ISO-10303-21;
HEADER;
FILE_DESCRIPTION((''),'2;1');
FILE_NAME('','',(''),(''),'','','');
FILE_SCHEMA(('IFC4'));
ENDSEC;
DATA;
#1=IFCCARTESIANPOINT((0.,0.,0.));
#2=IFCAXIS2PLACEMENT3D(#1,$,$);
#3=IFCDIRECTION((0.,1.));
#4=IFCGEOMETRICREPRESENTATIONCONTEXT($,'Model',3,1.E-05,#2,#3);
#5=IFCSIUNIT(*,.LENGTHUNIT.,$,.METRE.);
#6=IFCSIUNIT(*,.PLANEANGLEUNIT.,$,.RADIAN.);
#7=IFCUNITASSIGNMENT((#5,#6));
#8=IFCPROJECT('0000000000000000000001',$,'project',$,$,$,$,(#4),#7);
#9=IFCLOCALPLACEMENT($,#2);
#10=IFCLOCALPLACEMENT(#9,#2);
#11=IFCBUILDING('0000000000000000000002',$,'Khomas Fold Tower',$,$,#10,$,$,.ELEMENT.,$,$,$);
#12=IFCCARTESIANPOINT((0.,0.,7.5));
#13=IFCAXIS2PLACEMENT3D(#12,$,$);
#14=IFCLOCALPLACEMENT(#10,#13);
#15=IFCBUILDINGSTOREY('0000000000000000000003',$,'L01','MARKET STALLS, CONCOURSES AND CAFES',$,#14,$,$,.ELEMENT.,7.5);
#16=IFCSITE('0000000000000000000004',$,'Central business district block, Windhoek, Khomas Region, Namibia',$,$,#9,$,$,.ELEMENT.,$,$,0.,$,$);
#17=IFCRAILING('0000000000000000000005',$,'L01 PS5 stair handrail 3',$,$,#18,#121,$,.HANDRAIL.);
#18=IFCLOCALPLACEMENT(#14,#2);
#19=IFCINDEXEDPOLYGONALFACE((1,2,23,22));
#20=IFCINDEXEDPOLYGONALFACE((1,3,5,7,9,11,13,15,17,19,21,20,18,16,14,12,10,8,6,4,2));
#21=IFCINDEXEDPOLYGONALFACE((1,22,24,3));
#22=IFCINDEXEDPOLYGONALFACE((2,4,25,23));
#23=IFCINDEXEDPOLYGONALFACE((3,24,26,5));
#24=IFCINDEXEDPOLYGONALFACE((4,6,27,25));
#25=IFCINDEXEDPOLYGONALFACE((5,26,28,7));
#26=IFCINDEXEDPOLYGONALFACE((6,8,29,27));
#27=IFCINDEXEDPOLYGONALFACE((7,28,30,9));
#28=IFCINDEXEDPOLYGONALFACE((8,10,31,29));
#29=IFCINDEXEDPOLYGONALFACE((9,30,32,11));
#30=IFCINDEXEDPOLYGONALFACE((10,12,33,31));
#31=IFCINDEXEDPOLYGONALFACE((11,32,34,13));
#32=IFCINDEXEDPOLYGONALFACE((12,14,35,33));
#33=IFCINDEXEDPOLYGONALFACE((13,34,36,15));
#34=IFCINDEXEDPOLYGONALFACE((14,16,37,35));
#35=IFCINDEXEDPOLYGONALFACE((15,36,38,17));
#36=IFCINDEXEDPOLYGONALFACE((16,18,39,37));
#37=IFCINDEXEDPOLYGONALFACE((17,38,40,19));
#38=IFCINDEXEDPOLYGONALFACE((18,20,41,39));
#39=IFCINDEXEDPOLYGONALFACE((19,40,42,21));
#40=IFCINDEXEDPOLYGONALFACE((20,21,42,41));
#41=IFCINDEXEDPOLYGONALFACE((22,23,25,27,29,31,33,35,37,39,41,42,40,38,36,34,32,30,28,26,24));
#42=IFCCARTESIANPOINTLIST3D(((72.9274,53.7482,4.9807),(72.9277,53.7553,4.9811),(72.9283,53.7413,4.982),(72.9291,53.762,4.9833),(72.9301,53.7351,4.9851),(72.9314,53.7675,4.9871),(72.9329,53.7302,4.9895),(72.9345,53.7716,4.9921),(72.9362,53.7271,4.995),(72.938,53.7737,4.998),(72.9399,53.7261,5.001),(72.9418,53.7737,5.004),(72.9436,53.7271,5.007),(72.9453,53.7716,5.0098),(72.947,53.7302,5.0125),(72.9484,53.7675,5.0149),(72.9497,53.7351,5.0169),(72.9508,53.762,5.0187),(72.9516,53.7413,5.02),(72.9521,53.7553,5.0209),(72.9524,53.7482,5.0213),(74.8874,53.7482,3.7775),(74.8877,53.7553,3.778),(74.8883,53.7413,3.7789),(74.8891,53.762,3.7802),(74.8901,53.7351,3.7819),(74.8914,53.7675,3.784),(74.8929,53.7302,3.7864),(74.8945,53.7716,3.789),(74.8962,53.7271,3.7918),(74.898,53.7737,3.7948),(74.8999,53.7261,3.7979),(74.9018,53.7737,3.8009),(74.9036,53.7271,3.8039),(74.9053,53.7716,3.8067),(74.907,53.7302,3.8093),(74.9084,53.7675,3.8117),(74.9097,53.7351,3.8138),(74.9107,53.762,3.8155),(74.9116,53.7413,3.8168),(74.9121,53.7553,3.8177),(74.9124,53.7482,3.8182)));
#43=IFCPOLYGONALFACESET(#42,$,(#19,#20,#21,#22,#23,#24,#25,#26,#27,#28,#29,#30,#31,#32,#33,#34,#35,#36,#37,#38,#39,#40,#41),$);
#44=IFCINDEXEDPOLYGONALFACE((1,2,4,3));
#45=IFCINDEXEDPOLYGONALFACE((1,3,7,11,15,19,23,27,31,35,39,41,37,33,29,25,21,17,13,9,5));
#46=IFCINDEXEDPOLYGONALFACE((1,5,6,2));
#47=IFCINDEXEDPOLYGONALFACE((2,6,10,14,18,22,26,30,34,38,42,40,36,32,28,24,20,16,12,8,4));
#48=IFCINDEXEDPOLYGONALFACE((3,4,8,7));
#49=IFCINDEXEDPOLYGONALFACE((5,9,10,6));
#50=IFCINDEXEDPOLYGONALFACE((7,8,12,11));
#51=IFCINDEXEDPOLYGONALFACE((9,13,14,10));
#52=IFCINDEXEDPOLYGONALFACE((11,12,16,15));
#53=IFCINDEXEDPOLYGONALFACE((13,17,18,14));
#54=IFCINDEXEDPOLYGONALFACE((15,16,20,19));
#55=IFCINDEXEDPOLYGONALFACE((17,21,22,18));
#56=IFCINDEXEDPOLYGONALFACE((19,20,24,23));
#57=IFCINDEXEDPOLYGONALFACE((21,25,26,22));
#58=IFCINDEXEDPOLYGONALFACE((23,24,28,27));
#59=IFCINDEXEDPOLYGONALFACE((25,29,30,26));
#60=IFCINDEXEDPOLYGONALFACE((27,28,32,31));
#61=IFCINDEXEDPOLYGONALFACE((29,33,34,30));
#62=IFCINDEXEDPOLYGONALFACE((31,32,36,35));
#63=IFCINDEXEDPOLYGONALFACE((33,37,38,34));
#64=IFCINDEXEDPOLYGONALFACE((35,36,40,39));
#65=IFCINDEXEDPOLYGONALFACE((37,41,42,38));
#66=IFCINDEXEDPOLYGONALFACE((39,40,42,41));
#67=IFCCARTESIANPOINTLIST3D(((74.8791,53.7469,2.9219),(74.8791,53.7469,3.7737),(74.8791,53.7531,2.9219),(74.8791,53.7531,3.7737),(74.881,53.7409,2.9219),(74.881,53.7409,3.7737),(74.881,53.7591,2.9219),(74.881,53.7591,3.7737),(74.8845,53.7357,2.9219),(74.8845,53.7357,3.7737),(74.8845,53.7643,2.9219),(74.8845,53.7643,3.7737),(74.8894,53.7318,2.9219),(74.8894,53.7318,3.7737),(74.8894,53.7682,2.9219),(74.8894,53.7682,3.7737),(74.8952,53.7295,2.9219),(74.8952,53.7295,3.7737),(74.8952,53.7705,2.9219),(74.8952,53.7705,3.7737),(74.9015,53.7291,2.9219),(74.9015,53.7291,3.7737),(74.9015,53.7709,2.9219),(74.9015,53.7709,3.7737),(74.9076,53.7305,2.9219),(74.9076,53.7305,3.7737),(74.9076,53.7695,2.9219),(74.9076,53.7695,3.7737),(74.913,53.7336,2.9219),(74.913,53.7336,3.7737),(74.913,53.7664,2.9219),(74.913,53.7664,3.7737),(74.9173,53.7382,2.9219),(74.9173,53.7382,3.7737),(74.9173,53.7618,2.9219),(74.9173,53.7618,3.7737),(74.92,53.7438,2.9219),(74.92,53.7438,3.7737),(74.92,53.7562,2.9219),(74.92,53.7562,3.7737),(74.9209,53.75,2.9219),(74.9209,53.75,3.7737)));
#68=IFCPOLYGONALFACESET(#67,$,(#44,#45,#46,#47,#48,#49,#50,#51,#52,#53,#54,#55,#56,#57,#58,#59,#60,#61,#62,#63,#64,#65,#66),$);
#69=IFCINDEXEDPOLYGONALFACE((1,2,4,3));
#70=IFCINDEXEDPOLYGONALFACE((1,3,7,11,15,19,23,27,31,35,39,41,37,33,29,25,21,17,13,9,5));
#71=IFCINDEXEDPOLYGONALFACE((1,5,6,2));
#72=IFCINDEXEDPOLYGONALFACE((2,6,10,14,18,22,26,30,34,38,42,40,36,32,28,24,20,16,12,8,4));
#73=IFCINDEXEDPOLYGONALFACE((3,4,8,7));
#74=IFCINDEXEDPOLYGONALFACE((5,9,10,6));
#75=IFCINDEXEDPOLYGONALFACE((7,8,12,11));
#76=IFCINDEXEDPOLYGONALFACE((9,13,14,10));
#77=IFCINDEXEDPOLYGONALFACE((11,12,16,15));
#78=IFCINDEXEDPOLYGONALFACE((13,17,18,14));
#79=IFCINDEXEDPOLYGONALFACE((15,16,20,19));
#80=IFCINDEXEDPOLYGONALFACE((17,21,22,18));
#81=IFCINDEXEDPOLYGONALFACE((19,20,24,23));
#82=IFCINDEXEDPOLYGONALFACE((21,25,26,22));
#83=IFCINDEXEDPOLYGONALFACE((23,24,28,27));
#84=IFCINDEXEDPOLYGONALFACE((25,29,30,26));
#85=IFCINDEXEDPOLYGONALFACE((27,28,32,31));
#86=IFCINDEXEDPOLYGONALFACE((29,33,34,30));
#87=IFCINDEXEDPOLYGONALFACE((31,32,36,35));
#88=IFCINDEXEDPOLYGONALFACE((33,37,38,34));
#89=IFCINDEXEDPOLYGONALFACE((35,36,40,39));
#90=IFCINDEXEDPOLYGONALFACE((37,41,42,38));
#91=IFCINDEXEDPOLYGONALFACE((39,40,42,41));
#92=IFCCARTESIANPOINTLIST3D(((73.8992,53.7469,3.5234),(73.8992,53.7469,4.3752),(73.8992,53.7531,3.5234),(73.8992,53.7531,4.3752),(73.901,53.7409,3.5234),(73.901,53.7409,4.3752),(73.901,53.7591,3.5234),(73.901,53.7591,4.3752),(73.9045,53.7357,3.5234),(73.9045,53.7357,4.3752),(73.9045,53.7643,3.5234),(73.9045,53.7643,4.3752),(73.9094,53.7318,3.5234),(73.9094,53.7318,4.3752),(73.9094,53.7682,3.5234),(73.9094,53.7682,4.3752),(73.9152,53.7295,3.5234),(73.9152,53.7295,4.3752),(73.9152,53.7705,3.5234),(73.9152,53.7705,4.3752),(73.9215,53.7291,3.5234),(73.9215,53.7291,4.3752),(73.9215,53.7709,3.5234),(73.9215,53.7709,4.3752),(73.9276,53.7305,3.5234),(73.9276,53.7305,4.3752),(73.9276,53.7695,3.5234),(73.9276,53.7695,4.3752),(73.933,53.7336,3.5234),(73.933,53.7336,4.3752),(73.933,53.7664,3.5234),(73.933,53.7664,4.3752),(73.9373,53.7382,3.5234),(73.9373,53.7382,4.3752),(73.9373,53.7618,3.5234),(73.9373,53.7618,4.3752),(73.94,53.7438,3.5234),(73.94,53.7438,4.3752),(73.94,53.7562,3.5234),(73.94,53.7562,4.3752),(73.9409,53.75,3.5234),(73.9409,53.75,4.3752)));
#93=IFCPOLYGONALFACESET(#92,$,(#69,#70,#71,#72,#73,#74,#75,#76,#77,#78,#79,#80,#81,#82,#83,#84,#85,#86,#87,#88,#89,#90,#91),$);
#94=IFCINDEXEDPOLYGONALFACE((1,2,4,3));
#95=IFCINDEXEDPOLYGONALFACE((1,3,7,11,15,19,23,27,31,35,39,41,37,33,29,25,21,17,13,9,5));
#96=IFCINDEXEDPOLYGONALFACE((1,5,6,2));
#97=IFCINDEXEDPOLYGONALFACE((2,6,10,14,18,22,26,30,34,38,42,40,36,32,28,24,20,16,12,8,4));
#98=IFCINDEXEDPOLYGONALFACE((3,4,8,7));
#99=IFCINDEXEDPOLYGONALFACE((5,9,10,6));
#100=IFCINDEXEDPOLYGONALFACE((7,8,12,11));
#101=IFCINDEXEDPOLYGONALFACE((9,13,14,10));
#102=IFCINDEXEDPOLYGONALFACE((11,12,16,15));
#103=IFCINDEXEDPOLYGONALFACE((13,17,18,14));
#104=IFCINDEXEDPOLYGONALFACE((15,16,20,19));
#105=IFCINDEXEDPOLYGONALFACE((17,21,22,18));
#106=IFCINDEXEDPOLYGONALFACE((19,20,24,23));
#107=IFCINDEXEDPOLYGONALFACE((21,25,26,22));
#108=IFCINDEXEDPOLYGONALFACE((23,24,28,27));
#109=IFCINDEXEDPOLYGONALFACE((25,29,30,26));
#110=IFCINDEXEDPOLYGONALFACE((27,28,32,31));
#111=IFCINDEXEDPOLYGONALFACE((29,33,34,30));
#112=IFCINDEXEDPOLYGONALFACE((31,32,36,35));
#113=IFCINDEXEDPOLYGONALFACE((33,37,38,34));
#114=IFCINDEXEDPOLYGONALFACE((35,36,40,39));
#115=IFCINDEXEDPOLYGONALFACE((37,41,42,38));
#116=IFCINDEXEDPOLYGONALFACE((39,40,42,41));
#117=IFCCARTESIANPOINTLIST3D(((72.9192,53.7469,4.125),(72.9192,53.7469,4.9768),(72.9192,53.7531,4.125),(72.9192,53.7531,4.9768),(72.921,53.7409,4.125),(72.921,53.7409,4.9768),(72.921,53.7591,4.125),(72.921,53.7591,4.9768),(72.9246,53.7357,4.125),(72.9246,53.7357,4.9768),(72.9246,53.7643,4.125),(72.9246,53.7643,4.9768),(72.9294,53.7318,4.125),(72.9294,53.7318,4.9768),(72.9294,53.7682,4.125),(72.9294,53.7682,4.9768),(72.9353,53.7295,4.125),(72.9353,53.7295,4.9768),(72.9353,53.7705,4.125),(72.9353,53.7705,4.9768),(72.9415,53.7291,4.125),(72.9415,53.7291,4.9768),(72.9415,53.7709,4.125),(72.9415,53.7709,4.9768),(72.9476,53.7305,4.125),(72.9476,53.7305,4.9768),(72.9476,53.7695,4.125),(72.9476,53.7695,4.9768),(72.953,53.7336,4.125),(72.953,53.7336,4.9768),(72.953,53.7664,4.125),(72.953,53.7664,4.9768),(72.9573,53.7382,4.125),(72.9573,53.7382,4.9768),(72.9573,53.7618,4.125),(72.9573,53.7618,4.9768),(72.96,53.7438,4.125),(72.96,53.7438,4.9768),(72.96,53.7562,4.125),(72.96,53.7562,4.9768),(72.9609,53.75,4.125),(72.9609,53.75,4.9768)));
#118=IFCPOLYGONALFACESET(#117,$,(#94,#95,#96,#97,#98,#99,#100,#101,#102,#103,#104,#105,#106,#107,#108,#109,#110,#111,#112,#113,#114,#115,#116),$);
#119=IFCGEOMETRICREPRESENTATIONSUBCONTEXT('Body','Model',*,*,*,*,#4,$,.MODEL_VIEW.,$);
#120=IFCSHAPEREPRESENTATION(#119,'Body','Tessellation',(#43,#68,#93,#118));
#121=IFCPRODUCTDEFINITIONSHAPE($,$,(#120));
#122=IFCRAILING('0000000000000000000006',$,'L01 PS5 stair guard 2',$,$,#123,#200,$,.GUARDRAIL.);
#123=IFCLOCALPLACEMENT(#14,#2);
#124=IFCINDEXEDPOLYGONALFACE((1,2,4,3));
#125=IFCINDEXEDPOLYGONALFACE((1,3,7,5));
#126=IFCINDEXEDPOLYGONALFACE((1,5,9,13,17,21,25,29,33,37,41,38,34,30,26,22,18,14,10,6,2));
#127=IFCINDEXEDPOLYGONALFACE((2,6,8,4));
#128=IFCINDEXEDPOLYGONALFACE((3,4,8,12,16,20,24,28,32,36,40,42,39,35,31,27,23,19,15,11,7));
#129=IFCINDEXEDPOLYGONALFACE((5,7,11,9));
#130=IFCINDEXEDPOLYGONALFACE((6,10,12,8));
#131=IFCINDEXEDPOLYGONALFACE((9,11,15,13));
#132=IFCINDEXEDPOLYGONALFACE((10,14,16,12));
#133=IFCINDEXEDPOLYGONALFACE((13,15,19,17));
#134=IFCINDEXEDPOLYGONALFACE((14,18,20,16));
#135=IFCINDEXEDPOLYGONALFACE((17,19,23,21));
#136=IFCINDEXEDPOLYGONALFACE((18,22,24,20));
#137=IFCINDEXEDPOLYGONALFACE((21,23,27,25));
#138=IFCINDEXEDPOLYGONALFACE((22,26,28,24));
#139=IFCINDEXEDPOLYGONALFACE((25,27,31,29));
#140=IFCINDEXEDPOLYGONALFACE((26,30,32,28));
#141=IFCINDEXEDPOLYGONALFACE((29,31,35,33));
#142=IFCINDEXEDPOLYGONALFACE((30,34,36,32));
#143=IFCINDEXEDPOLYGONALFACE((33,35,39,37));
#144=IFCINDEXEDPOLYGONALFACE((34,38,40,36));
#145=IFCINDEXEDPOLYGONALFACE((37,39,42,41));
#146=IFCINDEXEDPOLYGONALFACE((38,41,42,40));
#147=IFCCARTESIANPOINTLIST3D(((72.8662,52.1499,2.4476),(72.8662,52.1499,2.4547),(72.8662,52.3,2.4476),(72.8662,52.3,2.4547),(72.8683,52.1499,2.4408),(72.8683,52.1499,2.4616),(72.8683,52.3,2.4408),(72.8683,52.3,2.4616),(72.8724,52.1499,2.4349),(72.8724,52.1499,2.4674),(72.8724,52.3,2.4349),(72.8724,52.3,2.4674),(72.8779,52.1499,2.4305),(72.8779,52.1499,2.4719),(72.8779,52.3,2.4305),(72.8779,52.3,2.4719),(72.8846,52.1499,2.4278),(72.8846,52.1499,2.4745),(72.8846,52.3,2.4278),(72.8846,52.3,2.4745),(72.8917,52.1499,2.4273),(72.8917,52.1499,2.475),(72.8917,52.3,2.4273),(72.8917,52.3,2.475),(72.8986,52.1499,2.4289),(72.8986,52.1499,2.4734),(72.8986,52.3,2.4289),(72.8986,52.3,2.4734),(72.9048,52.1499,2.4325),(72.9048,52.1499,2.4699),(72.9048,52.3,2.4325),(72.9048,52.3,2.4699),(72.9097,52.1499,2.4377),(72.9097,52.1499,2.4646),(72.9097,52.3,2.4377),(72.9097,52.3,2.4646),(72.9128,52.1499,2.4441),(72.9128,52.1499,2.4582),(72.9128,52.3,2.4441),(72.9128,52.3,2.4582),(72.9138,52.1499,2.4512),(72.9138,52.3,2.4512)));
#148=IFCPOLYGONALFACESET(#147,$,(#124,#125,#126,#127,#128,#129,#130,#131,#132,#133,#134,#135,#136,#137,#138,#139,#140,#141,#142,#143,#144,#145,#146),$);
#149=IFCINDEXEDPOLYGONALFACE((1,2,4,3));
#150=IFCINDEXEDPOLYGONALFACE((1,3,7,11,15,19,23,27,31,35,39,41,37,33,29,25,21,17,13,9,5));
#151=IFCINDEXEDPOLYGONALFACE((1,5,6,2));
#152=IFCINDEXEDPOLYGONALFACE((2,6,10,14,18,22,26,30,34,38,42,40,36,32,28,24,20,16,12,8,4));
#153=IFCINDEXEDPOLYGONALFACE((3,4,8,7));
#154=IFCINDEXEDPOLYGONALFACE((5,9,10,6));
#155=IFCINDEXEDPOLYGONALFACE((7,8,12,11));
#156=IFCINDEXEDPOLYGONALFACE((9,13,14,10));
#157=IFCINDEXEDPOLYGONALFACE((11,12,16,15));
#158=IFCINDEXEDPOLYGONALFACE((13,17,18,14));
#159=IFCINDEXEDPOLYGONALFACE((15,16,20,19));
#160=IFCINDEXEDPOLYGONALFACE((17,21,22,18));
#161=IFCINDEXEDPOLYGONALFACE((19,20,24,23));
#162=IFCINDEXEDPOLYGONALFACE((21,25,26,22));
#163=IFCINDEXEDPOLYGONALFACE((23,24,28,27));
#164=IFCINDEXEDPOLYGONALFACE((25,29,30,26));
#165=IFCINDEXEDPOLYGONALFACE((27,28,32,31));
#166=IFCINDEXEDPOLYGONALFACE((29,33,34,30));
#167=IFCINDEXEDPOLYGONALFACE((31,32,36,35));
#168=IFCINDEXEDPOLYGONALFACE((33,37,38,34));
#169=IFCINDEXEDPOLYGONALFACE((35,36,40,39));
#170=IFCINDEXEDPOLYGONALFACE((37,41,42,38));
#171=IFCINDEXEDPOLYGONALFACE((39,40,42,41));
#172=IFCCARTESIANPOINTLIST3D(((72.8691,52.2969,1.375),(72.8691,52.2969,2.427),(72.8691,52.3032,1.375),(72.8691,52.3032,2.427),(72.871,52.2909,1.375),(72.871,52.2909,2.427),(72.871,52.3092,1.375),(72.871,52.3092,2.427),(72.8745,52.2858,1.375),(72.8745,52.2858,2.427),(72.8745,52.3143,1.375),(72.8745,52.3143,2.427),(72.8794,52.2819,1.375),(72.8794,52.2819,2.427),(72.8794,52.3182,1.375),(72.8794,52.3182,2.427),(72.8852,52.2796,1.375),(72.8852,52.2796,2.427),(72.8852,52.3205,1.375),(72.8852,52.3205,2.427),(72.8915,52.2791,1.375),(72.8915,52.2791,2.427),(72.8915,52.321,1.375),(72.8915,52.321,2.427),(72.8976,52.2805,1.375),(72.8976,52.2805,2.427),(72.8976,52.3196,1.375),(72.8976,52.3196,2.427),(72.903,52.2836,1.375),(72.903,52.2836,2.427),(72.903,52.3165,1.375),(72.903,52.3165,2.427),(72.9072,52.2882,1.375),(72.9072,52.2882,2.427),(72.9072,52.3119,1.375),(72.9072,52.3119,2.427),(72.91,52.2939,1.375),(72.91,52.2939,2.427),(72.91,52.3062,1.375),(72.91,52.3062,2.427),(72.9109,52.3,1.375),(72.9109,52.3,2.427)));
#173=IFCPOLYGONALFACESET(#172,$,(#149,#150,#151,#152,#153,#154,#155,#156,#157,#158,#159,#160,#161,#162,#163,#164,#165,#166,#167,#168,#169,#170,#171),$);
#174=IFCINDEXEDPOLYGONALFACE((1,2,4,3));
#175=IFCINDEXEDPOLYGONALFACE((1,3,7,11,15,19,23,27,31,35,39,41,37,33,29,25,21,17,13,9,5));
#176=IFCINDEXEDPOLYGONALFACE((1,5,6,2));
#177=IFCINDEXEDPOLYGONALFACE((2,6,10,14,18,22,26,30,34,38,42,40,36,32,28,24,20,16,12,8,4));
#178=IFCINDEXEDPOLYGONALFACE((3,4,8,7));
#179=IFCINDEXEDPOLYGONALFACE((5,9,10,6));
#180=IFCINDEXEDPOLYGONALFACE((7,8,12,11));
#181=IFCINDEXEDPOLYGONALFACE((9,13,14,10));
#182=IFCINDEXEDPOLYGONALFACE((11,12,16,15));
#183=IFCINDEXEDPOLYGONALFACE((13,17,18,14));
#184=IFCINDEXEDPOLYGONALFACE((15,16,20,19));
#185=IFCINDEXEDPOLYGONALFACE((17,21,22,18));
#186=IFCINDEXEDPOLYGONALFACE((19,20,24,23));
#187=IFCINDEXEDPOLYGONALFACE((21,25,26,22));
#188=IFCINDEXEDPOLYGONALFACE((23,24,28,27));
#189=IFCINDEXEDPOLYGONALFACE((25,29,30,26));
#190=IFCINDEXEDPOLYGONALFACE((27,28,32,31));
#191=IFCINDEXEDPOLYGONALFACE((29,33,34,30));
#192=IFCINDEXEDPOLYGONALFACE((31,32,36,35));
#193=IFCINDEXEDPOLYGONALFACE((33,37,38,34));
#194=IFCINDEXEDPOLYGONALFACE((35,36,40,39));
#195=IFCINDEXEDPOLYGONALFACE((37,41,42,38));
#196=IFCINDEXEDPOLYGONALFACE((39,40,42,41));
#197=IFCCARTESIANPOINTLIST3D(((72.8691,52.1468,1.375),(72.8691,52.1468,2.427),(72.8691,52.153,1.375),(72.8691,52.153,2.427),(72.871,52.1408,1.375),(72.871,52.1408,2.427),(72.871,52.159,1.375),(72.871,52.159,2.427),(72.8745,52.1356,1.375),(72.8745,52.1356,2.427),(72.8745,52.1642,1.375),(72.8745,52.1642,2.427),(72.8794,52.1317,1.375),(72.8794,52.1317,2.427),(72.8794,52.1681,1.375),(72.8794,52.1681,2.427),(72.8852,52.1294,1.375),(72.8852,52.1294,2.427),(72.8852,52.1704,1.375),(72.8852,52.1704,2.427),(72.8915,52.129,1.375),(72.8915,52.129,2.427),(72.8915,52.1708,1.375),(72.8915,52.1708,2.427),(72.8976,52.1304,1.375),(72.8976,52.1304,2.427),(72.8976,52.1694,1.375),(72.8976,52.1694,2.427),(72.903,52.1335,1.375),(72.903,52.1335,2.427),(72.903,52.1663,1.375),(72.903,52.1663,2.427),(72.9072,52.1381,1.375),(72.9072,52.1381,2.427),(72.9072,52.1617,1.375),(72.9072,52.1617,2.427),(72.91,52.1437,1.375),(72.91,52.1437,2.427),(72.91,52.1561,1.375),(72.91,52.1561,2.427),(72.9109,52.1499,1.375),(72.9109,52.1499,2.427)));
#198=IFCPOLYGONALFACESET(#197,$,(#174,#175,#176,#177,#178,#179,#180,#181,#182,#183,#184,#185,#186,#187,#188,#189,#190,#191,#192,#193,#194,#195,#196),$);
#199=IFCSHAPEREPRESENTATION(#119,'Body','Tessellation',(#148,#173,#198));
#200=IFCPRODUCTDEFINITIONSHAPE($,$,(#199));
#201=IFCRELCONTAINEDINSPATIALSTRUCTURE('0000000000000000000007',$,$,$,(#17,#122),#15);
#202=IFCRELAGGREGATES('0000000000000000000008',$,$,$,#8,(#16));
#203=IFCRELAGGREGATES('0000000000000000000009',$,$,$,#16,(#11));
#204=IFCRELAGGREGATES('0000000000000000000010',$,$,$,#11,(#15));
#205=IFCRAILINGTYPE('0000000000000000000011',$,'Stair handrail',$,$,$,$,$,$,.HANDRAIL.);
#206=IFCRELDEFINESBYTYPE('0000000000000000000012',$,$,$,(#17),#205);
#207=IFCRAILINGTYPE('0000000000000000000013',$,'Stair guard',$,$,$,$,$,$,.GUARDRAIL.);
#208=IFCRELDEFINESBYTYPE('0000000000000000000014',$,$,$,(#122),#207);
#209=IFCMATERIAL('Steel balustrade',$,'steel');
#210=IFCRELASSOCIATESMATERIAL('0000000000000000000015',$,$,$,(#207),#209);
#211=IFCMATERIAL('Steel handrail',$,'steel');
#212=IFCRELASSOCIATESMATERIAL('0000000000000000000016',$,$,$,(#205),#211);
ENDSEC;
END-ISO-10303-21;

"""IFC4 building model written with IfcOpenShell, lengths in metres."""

from ifc_helpers import new_model, si_unit, direction, frame, origin, origin_2d, place, context, subcontext, project, spatial, circle, extrude, source, transform, mapped, material, type_object, element, save


model = new_model("IFC4")

# Units and contexts
model_context = context("Model", 3, precision=1e-05, world=origin(), true_north=direction((0.0, 1.0)))
body_context = subcontext(model_context, "Body", "Model", "MODEL_VIEW")
ifc_project = project(units=[si_unit("LENGTHUNIT", "METRE"), si_unit("PLANEANGLEUNIT", "RADIAN")], contexts=[model_context])

# Site, building, storey
site_placement = place(None, origin())
site = spatial("IfcSite", under=ifc_project, at=site_placement, Name="Central business district block, Windhoek, Khomas Region, Namibia", CompositionType="ELEMENT", RefElevation=0.0)
building_placement = place(site_placement, origin())
building = spatial("IfcBuilding", under=site, at=building_placement, Name="Khomas Fold Tower", CompositionType="ELEMENT")
storey_placement = place(building_placement, frame((0.0, 0.0, 7.5)))
storey = spatial("IfcBuildingStorey", under=building, at=storey_placement, Name="L01", Description="MARKET STALLS, CONCOURSES AND CAFES", CompositionType="ELEMENT", Elevation=7.5)

# Railings
ifc_material_1 = material(Name="Steel balustrade", Category="steel")
railing_type_1 = type_object("IfcRailingType", Name="Stair guard", PredefinedType="GUARDRAIL", material=ifc_material_1)
ifc_material_2 = material(Name="Steel handrail", Category="steel")
railing_type_2 = type_object("IfcRailingType", Name="Stair handrail", PredefinedType="HANDRAIL", material=ifc_material_2)
shared_shape_1 = source(origin(), body_context, "Body", "SweptSolid", [
    extrude(circle(Radius=0.0239, at=origin_2d()), frame((0.0, 0.0, 0.876), z_axis=(-0.852241, 0.0, 0.523149), x_axis=(0.0, -1.0, 0.0)), (0.0, 0.0, 1.0), 2.2998),
    extrude(circle(Radius=0.021, at=origin_2d()), origin(), (0.0, 0.0, 1.0), 0.8518),
    extrude(circle(Radius=0.021, at=origin_2d()), frame((-0.98, 0.0, 0.6016)), (0.0, 0.0, 1.0), 0.8518),
    extrude(circle(Radius=0.021, at=origin_2d()), frame((-1.96, 0.0, 1.2031)), (0.0, 0.0, 1.0), 0.8518),
])
for number, where, name in (
    (1, (74.8999, 53.75, 2.9219), "L01 PS5 stair handrail 3"),
):
    element("IfcRailing", number, at=place(storey_placement, frame(where)), inside=storey, type_object=railing_type_2, Name=name, PredefinedType="HANDRAIL", context=body_context, shape_type="MappedRepresentation", body=[
        mapped(shared_shape_1, transform((0.0, 0.0, 0.0))),
    ])
shared_shape_2 = source(origin(), body_context, "Body", "SweptSolid", [
    extrude(circle(Radius=0.0239, at=origin_2d()), frame((0.0, 0.0, 1.0762), z_axis=(0.0, -1.0, 0.0), x_axis=(1.0, 0.0, 0.0)), (0.0, 0.0, 1.0), 0.1501),
    extrude(circle(Radius=0.021, at=origin_2d()), origin(), (0.0, 0.0, 1.0), 1.052),
    extrude(circle(Radius=0.021, at=origin_2d()), frame((0.0, -0.1501, 0.0)), (0.0, 0.0, 1.0), 1.052),
])
for number, where, name in (
    (2, (72.8899, 52.3, 1.375), "L01 PS5 stair guard 2"),
):
    element("IfcRailing", number, at=place(storey_placement, frame(where)), inside=storey, type_object=railing_type_1, Name=name, PredefinedType="GUARDRAIL", context=body_context, shape_type="MappedRepresentation", body=[
        mapped(shared_shape_2, transform((0.0, 0.0, 0.0))),
    ])

save(model, "model.ifc")
